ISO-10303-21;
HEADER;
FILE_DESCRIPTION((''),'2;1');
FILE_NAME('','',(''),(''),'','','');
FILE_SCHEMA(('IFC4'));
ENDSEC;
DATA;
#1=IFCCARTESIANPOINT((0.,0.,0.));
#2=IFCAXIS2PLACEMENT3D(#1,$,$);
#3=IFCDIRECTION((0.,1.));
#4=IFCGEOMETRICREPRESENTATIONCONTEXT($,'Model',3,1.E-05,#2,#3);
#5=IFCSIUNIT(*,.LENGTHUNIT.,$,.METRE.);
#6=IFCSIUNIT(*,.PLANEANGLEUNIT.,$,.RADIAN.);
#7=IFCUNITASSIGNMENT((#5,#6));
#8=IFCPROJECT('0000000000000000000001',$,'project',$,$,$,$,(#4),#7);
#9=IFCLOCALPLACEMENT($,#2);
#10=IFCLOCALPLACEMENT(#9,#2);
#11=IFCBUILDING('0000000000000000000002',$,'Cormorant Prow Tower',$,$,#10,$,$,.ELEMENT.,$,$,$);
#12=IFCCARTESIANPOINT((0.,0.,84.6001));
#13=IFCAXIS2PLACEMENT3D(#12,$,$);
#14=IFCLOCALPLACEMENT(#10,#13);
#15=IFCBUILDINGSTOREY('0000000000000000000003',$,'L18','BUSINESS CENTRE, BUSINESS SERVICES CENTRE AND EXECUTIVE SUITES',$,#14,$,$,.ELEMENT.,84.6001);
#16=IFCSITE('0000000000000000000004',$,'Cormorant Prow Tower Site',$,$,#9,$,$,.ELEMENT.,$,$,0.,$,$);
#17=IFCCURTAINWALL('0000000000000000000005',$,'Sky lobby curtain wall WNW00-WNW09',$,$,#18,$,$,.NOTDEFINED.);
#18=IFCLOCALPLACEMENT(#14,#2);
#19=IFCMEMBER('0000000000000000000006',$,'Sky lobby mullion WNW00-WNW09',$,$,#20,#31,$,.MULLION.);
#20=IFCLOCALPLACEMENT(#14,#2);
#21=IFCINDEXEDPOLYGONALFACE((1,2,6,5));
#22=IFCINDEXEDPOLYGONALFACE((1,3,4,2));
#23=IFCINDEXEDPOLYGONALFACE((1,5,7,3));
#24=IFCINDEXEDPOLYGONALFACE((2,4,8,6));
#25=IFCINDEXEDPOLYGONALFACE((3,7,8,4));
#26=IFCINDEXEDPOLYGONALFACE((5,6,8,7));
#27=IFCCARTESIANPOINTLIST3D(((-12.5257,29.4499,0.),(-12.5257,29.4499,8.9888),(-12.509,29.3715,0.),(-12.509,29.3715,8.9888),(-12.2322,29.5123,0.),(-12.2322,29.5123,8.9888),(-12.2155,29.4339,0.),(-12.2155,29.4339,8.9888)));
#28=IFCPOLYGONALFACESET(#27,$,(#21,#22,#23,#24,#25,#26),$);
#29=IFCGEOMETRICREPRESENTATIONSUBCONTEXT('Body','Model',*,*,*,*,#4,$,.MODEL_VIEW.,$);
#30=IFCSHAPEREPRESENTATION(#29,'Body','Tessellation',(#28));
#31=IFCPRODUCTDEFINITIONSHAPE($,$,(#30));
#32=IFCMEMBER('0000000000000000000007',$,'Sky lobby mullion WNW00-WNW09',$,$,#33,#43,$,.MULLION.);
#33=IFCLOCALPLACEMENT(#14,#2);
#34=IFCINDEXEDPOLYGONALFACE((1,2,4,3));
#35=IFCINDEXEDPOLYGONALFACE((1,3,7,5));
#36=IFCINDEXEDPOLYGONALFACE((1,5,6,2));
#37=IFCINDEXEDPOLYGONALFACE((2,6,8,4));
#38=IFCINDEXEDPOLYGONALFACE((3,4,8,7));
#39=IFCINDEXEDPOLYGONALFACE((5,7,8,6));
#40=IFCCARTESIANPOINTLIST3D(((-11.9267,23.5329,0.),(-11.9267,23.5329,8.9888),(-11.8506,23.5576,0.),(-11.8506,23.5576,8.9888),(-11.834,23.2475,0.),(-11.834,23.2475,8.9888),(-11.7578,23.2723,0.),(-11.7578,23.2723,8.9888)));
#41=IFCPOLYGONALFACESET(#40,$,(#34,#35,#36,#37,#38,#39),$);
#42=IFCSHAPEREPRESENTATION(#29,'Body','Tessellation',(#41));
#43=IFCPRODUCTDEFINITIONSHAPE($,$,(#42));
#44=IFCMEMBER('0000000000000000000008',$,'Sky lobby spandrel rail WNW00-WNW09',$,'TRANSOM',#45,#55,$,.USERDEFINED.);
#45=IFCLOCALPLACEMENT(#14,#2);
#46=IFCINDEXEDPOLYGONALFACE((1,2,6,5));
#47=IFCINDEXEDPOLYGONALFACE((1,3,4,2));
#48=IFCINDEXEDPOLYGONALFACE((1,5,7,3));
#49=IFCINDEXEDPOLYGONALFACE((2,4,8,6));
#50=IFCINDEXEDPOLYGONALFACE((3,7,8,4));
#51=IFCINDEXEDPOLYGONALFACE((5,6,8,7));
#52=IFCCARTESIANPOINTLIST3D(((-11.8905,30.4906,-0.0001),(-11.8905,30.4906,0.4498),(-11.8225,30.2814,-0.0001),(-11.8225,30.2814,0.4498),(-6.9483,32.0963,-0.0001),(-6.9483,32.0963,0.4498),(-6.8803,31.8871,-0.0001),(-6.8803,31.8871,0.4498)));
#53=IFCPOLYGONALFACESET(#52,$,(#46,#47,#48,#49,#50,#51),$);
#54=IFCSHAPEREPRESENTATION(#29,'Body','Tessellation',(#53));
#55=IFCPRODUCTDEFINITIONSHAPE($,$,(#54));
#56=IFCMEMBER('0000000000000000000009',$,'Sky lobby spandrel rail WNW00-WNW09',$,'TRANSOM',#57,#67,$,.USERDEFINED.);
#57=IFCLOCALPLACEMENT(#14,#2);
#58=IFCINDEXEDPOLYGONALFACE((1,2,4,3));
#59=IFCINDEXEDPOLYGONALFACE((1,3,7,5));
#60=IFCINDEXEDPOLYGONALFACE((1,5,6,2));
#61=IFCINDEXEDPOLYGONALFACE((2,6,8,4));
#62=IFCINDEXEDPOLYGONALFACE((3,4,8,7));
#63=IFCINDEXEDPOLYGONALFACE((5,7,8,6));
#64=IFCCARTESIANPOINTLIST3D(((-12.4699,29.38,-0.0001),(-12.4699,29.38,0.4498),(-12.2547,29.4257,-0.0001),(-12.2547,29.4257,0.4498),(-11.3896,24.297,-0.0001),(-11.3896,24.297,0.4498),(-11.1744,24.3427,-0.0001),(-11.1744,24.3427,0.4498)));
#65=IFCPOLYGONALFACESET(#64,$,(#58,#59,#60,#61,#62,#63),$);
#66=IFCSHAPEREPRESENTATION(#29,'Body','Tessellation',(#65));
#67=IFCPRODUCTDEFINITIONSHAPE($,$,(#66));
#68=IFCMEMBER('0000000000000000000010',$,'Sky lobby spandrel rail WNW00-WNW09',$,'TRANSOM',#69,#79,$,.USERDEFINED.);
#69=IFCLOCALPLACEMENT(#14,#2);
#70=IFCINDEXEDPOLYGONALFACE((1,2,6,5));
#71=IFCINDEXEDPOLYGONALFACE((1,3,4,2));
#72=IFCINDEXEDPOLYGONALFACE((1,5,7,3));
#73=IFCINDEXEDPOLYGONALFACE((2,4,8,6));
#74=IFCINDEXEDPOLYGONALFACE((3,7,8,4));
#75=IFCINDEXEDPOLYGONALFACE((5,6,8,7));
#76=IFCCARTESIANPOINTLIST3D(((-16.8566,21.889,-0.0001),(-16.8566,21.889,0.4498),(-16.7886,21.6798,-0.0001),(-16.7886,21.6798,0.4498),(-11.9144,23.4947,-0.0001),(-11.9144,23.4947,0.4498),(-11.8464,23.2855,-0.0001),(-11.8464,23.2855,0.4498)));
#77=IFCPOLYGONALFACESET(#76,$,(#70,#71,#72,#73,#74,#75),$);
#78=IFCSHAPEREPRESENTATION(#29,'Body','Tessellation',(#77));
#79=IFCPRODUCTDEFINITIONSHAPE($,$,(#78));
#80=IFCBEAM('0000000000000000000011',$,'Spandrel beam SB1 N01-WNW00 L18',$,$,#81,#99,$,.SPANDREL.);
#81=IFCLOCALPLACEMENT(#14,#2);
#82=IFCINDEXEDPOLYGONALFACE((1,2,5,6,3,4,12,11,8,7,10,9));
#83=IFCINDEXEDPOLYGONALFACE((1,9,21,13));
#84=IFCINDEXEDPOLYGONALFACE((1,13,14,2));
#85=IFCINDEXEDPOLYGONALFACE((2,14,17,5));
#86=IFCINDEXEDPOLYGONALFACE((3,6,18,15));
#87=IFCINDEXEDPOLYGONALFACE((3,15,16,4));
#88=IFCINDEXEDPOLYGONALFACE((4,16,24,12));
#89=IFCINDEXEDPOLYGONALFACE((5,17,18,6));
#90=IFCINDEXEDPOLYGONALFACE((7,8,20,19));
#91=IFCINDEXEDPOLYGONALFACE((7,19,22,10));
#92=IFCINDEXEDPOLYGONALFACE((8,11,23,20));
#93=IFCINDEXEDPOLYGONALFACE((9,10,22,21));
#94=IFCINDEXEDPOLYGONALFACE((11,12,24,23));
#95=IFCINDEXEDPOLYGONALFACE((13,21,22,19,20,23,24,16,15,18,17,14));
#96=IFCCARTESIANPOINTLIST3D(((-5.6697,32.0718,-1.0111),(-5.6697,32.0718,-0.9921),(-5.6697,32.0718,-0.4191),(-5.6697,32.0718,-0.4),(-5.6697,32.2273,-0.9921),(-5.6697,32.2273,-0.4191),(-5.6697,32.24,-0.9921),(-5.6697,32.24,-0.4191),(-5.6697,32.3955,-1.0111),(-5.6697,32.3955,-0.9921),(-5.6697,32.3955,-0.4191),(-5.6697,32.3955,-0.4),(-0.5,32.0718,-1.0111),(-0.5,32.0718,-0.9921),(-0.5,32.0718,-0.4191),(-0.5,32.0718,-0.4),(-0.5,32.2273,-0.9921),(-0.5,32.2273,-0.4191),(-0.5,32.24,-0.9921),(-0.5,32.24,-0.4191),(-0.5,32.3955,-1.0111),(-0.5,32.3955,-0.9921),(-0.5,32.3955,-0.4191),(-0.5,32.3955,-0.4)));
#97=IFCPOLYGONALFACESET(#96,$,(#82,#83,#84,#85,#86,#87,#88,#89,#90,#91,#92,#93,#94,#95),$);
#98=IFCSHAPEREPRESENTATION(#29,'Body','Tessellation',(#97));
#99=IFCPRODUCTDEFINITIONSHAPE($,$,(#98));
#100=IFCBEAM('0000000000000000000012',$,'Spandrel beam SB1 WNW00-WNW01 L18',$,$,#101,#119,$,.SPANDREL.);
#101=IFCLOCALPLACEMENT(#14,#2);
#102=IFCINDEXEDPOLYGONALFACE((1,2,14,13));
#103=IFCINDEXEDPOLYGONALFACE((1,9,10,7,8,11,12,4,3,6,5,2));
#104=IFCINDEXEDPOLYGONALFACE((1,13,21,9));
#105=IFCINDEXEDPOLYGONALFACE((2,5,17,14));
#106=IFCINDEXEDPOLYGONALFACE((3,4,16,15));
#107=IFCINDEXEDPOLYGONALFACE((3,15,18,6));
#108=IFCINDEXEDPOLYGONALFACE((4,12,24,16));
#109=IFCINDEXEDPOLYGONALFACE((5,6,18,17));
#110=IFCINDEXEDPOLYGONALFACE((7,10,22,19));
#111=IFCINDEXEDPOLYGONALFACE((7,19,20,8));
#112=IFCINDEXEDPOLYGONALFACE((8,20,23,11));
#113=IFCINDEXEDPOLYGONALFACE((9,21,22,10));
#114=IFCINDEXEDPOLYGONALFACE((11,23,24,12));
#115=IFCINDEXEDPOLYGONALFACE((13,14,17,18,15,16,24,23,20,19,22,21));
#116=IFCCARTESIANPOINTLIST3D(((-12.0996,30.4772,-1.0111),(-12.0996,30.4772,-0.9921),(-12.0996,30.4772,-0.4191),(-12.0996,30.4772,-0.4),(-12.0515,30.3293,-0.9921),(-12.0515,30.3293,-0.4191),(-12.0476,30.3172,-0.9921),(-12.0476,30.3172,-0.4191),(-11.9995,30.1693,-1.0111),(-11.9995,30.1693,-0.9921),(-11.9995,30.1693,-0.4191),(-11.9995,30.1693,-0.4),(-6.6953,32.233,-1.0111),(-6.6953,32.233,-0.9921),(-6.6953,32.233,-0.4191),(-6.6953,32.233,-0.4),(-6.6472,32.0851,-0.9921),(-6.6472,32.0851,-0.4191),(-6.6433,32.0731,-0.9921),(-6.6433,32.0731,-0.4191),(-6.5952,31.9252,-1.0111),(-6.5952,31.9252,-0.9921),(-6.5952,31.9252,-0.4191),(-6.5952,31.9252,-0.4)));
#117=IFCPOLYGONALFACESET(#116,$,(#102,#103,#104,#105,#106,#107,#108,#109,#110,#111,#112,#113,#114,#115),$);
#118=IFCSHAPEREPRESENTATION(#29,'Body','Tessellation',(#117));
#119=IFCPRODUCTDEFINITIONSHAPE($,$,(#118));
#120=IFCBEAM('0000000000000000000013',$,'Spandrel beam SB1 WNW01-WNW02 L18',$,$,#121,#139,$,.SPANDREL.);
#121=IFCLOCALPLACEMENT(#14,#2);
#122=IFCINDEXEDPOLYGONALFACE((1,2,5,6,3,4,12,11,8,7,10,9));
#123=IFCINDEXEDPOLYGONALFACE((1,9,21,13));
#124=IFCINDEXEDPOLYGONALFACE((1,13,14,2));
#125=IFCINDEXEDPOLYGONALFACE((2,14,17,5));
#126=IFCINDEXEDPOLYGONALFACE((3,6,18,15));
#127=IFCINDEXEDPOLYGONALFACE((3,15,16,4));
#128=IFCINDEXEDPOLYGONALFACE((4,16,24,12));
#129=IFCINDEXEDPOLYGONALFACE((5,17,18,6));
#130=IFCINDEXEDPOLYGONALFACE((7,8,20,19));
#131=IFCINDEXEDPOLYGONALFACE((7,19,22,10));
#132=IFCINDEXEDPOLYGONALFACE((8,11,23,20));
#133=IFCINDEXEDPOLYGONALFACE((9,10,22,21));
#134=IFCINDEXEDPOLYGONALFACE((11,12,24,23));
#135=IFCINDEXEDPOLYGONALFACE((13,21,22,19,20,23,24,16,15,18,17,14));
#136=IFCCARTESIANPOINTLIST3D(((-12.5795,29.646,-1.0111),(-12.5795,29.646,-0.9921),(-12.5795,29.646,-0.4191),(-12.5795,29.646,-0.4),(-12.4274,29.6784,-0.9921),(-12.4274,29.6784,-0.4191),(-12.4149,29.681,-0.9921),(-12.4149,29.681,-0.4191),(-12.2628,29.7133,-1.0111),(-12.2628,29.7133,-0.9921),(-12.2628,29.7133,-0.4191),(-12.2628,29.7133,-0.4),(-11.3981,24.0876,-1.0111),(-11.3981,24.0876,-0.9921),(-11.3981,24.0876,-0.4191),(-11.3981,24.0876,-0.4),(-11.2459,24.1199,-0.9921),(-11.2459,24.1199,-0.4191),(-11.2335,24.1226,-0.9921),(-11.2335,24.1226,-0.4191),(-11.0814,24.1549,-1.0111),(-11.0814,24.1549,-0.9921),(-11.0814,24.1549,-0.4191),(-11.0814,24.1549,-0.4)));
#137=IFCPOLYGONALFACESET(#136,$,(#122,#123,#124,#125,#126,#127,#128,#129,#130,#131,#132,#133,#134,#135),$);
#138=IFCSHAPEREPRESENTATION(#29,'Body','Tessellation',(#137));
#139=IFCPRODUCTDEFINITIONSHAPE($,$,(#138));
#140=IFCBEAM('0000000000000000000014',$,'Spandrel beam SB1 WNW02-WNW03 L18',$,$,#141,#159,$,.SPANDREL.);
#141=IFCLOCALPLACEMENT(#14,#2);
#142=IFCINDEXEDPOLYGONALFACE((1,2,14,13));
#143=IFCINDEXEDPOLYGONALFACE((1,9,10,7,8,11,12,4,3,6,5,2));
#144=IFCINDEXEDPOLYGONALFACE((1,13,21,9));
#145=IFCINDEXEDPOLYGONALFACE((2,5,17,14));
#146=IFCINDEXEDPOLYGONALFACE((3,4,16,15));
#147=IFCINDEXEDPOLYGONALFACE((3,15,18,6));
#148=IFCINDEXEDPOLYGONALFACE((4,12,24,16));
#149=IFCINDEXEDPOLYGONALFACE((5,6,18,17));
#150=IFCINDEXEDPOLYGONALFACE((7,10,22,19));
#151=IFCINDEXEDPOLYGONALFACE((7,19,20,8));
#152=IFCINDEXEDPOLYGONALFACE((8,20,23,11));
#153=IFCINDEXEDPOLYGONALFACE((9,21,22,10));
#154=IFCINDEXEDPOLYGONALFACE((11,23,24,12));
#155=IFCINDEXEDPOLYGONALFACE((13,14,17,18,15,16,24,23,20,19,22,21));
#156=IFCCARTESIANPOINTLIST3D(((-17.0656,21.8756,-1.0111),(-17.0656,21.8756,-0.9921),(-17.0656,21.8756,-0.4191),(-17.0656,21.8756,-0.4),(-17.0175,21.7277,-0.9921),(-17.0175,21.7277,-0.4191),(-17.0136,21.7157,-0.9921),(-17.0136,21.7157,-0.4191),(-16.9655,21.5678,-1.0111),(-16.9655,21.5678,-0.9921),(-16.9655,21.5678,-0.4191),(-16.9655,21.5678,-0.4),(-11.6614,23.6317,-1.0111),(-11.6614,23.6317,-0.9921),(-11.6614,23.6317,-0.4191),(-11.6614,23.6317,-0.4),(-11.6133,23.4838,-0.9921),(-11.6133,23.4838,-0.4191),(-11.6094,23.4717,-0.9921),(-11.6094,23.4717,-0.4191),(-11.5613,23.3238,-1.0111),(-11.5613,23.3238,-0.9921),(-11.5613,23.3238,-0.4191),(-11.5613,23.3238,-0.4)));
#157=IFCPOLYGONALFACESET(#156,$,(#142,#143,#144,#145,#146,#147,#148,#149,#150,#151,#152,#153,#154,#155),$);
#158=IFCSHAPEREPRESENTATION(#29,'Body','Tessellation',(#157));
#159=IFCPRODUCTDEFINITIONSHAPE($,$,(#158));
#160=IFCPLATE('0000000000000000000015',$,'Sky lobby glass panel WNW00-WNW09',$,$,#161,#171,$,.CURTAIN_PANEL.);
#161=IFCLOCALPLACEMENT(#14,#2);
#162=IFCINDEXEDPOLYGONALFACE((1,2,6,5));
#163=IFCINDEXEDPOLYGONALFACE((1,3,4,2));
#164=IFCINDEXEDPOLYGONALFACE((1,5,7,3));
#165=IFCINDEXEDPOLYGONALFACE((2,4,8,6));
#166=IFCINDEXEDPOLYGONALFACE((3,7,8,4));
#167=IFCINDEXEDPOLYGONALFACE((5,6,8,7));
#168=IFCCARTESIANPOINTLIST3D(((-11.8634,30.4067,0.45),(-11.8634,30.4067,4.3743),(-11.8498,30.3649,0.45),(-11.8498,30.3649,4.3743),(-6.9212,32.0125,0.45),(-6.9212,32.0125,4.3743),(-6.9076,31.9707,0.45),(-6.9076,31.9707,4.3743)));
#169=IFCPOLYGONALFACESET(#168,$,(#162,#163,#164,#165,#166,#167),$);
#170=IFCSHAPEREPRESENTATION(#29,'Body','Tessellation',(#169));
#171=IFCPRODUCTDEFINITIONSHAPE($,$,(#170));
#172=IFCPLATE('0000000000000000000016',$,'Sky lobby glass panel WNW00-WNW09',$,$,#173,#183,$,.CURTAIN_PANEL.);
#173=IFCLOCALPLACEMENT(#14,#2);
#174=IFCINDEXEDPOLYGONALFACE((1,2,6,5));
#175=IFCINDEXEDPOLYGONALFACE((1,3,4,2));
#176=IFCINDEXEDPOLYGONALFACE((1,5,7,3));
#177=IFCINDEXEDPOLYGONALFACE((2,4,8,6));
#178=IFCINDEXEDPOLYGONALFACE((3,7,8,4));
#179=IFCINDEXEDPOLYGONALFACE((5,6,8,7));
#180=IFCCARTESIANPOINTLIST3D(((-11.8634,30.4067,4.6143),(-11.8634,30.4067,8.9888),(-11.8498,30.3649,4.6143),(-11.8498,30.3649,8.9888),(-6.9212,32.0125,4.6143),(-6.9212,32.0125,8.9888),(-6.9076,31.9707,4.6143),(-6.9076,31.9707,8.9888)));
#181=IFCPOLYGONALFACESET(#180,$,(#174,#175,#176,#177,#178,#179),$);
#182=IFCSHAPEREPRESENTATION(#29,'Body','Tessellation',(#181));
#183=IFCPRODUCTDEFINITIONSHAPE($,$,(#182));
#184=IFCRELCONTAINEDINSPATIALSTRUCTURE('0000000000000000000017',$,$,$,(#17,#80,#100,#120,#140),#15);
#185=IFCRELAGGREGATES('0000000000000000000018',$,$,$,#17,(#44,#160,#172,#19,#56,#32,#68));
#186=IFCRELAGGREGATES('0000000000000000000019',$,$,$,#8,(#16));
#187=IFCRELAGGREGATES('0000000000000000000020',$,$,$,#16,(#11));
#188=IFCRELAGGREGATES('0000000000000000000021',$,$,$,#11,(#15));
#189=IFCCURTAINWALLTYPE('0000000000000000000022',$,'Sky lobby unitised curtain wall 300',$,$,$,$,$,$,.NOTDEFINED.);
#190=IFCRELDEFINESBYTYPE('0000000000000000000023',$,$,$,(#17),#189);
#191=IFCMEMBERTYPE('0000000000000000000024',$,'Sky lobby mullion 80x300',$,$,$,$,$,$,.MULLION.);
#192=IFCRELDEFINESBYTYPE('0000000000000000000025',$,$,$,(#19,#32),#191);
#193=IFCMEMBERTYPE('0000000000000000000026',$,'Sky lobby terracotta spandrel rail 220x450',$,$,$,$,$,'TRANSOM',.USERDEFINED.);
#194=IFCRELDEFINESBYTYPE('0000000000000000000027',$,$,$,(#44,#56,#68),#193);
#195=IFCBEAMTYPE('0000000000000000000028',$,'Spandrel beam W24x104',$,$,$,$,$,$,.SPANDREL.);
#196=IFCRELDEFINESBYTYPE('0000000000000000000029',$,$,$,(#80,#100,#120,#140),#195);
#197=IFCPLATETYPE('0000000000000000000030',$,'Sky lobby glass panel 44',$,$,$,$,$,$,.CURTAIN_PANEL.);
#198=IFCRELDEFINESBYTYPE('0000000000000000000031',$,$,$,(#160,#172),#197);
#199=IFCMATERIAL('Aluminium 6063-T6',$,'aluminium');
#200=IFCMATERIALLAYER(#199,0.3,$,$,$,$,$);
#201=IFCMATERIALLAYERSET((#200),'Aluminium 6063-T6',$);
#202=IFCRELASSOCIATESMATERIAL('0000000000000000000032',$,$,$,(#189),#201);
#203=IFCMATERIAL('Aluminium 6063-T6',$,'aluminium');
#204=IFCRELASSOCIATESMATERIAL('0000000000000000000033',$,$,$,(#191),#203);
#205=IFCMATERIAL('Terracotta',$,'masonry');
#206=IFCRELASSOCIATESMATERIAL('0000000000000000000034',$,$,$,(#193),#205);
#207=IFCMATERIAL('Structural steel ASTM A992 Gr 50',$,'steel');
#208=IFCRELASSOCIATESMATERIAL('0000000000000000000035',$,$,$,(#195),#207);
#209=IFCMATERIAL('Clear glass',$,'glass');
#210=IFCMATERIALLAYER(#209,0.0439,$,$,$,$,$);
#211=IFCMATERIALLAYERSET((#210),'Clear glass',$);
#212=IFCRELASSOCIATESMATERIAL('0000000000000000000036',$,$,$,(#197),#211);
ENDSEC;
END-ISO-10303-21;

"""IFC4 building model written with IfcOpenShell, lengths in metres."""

from ifc_helpers import new_model, si_unit, direction, frame, origin, origin_2d, place, context, subcontext, project, spatial, rectangle, i_section, extrude, material, layer, layer_set, material_profile, profile_set, type_object, element, aggregate, save


model = new_model("IFC4")

# Units and contexts
model_context = context("Model", 3, precision=1e-05, world=origin(), true_north=direction((0.0, 1.0)))
body_context = subcontext(model_context, "Body", "Model", "MODEL_VIEW")
ifc_project = project(units=[si_unit("LENGTHUNIT", "METRE"), si_unit("PLANEANGLEUNIT", "RADIAN")], contexts=[model_context])

# Site, building, storey
site_placement = place(None, origin())
site = spatial("IfcSite", under=ifc_project, at=site_placement, Name="Cormorant Prow Tower Site", CompositionType="ELEMENT", RefElevation=0.0)
building_placement = place(site_placement, origin())
building = spatial("IfcBuilding", under=site, at=building_placement, Name="Cormorant Prow Tower", CompositionType="ELEMENT")
storey_placement = place(building_placement, frame((0.0, 0.0, 84.6001)))
storey = spatial("IfcBuildingStorey", under=building, at=storey_placement, Name="L18", Description="BUSINESS CENTRE, BUSINESS SERVICES CENTRE AND EXECUTIVE SUITES", CompositionType="ELEMENT", Elevation=84.6001)

# Curtain wall, members
ifc_material_1 = material(Name="Aluminium 6063-T6", Category="aluminium")
ifc_layer_1 = layer(ifc_material_1, 0.3)
ifc_layer_set_1 = layer_set([ifc_layer_1], Name="Aluminium 6063-T6")
curtain_wall_type = type_object("IfcCurtainWallType", Name="Sky lobby unitised curtain wall 300", PredefinedType="NOTDEFINED", material=ifc_layer_set_1)
curtain_wall_placement = place(storey_placement, origin())
curtain_wall = element("IfcCurtainWall", 1, at=curtain_wall_placement, inside=storey, type_object=curtain_wall_type, Name="Sky lobby curtain wall WNW00-WNW09", PredefinedType="NOTDEFINED")
ifc_material_2 = material(Name="Aluminium 6063-T6", Category="aluminium")
ifc_material_profile_1 = material_profile(ifc_material_2, rectangle(XDim=0.3, YDim=0.0801, at=origin_2d()), Name="Sky lobby mullion 80x300")
ifc_profile_set_1 = profile_set([ifc_material_profile_1], Name="Aluminium 6063-T6")
member_type_1 = type_object("IfcMemberType", Name="Sky lobby mullion 80x300", PredefinedType="MULLION", material=ifc_profile_set_1)
member_1_placement = place(storey_placement, frame((-12.3706, 29.4419, 0.0), z_axis=(0.0, 0.0, 1.0), x_axis=(0.978148, 0.207912, 0.0)))
member_1 = element("IfcMember", 2, at=member_1_placement, type_object=member_type_1, Name="Sky lobby mullion WNW00-WNW09", PredefinedType="MULLION", context=body_context, shape_type="SweptSolid", body=[
    extrude(rectangle(XDim=0.3, YDim=0.0801, at=origin_2d()), origin(), (0.0, 0.0, 1.0), 8.9888),
])
member_2_placement = place(storey_placement, frame((-11.8423, 23.4026, 0.0), z_axis=(0.0, 0.0, 1.0), x_axis=(0.309017, -0.951057, 0.0)))
member_2 = element("IfcMember", 3, at=member_2_placement, type_object=member_type_1, Name="Sky lobby mullion WNW00-WNW09", PredefinedType="MULLION", context=body_context, shape_type="SweptSolid", body=[
    extrude(rectangle(XDim=0.3, YDim=0.0801, at=origin_2d()), origin(), (0.0, 0.0, 1.0), 8.9888),
])
ifc_material_3 = material(Name="Terracotta", Category="masonry")
ifc_material_profile_2 = material_profile(ifc_material_3, rectangle(XDim=0.22, YDim=0.45, at=origin_2d()), Name="Sky lobby terracotta spandrel rail 220x450")
ifc_profile_set_2 = profile_set([ifc_material_profile_2], Name="Terracotta")
member_type_2 = type_object("IfcMemberType", Name="Sky lobby terracotta spandrel rail 220x450", ElementType="TRANSOM", PredefinedType="USERDEFINED", material=ifc_profile_set_2)
member_3_placement = place(storey_placement, frame((-6.9143, 31.9917, 0.2249), z_axis=(-0.951061, -0.309002, 0.0), x_axis=(0.309002, -0.951061, 0.0)))
member_3 = element("IfcMember", 4, at=member_3_placement, type_object=member_type_2, Name="Sky lobby spandrel rail WNW00-WNW09", ObjectType="TRANSOM", PredefinedType="USERDEFINED", context=body_context, shape_type="SweptSolid", body=[
    extrude(rectangle(XDim=0.22, YDim=0.45, at=origin_2d()), origin(), (0.0, 0.0, 1.0), 5.1965),
])
member_4_placement = place(storey_placement, frame((-12.3623, 29.4028, 0.2249), z_axis=(0.207892, -0.978152, 0.0), x_axis=(0.978152, 0.207892, 0.0)))
member_4 = element("IfcMember", 5, at=member_4_placement, type_object=member_type_2, Name="Sky lobby spandrel rail WNW00-WNW09", ObjectType="TRANSOM", PredefinedType="USERDEFINED", context=body_context, shape_type="SweptSolid", body=[
    extrude(rectangle(XDim=0.22, YDim=0.45, at=origin_2d()), origin(), (0.0, 0.0, 1.0), 5.1965),
])
member_5_placement = place(storey_placement, frame((-11.8804, 23.3901, 0.2249), z_axis=(-0.951061, -0.309002, 0.0), x_axis=(0.309002, -0.951061, 0.0)))
member_5 = element("IfcMember", 6, at=member_5_placement, type_object=member_type_2, Name="Sky lobby spandrel rail WNW00-WNW09", ObjectType="TRANSOM", PredefinedType="USERDEFINED", context=body_context, shape_type="SweptSolid", body=[
    extrude(rectangle(XDim=0.22, YDim=0.45, at=origin_2d()), origin(), (0.0, 0.0, 1.0), 5.1965),
])

# Beams
ifc_material_4 = material(Name="Structural steel ASTM A992 Gr 50", Category="steel")
ifc_material_profile_3 = material_profile(ifc_material_4, i_section(OverallWidth=0.3237, OverallDepth=0.6111, WebThickness=0.0127, FlangeThickness=0.019, at=origin_2d()), Name="W24x104")
ifc_profile_set_3 = profile_set([ifc_material_profile_3], Name="Structural steel ASTM A992 Gr 50")
beam_type_1 = type_object("IfcBeamType", Name="Spandrel beam W24x104", PredefinedType="SPANDREL", material=ifc_profile_set_3)
beam_1_placement = place(storey_placement, frame((-0.5, 32.2336, -0.7056), z_axis=(-1.0, 0.0, 0.0), x_axis=(0.0, -1.0, 0.0)))
element("IfcBeam", 7, at=beam_1_placement, inside=storey, type_object=beam_type_1, Name="Spandrel beam SB1 N01-WNW00 L18", PredefinedType="SPANDREL", context=body_context, shape_type="SweptSolid", body=[
    extrude(i_section(OverallWidth=0.3237, OverallDepth=0.6111, WebThickness=0.0127, FlangeThickness=0.019, at=origin_2d()), origin(), (0.0, 0.0, 1.0), 5.1697),
])
beam_2_placement = place(storey_placement, frame((-6.6453, 32.0791, -0.7056), z_axis=(-0.951062, -0.309001, 0.0), x_axis=(0.309001, -0.951062, 0.0)))
element("IfcBeam", 8, at=beam_2_placement, inside=storey, type_object=beam_type_1, Name="Spandrel beam SB1 WNW00-WNW01 L18", PredefinedType="SPANDREL", context=body_context, shape_type="SweptSolid", body=[
    extrude(i_section(OverallWidth=0.3237, OverallDepth=0.6111, WebThickness=0.0127, FlangeThickness=0.019, at=origin_2d()), origin(), (0.0, 0.0, 1.0), 5.6824),
])
beam_3_placement = place(storey_placement, frame((-12.4211, 29.6797, -0.7056), z_axis=(0.2079, -0.97815, 0.0), x_axis=(0.97815, 0.2079, 0.0)))
element("IfcBeam", 9, at=beam_3_placement, inside=storey, type_object=beam_type_1, Name="Spandrel beam SB1 WNW01-WNW02 L18", PredefinedType="SPANDREL", context=body_context, shape_type="SweptSolid", body=[
    extrude(i_section(OverallWidth=0.3237, OverallDepth=0.6111, WebThickness=0.0127, FlangeThickness=0.019, at=origin_2d()), origin(), (0.0, 0.0, 1.0), 5.6826),
])
beam_4_placement = place(storey_placement, frame((-11.6113, 23.4778, -0.7056), z_axis=(-0.951049, -0.309039, 0.0), x_axis=(0.309039, -0.951049, 0.0)))
element("IfcBeam", 10, at=beam_4_placement, inside=storey, type_object=beam_type_1, Name="Spandrel beam SB1 WNW02-WNW03 L18", PredefinedType="SPANDREL", context=body_context, shape_type="SweptSolid", body=[
    extrude(i_section(OverallWidth=0.3237, OverallDepth=0.6111, WebThickness=0.0127, FlangeThickness=0.019, at=origin_2d()), origin(), (0.0, 0.0, 1.0), 5.6824),
])

# Plates
ifc_material_5 = material(Name="Clear glass", Category="glass")
ifc_layer_2 = layer(ifc_material_5, 0.0439)
ifc_layer_set_2 = layer_set([ifc_layer_2], Name="Clear glass")
plate_type = type_object("IfcPlateType", Name="Sky lobby glass panel 44", PredefinedType="CURTAIN_PANEL", material=ifc_layer_set_2)
plate_1_placement = place(storey_placement, frame((-9.3855, 31.1887, 0.45), z_axis=(0.0, 0.0, 1.0), x_axis=(-0.951057, -0.309017, 0.0)))
plate_1 = element("IfcPlate", 11, at=plate_1_placement, type_object=plate_type, Name="Sky lobby glass panel WNW00-WNW09", PredefinedType="CURTAIN_PANEL", context=body_context, shape_type="SweptSolid", body=[
    extrude(rectangle(XDim=5.1965, YDim=0.0439, at=origin_2d()), origin(), (0.0, 0.0, 1.0), 3.9243),
])
plate_2_placement = place(storey_placement, frame((-9.3855, 31.1887, 4.6143), z_axis=(0.0, 0.0, 1.0), x_axis=(-0.951057, -0.309017, 0.0)))
plate_2 = element("IfcPlate", 12, at=plate_2_placement, type_object=plate_type, Name="Sky lobby glass panel WNW00-WNW09", PredefinedType="CURTAIN_PANEL", context=body_context, shape_type="SweptSolid", body=[
    extrude(rectangle(XDim=5.1965, YDim=0.0439, at=origin_2d()), origin(), (0.0, 0.0, 1.0), 4.3745),
])
aggregate(curtain_wall, [member_3, plate_1, plate_2, member_1, member_4, member_2, member_5])

save(model, "model.ifc")
